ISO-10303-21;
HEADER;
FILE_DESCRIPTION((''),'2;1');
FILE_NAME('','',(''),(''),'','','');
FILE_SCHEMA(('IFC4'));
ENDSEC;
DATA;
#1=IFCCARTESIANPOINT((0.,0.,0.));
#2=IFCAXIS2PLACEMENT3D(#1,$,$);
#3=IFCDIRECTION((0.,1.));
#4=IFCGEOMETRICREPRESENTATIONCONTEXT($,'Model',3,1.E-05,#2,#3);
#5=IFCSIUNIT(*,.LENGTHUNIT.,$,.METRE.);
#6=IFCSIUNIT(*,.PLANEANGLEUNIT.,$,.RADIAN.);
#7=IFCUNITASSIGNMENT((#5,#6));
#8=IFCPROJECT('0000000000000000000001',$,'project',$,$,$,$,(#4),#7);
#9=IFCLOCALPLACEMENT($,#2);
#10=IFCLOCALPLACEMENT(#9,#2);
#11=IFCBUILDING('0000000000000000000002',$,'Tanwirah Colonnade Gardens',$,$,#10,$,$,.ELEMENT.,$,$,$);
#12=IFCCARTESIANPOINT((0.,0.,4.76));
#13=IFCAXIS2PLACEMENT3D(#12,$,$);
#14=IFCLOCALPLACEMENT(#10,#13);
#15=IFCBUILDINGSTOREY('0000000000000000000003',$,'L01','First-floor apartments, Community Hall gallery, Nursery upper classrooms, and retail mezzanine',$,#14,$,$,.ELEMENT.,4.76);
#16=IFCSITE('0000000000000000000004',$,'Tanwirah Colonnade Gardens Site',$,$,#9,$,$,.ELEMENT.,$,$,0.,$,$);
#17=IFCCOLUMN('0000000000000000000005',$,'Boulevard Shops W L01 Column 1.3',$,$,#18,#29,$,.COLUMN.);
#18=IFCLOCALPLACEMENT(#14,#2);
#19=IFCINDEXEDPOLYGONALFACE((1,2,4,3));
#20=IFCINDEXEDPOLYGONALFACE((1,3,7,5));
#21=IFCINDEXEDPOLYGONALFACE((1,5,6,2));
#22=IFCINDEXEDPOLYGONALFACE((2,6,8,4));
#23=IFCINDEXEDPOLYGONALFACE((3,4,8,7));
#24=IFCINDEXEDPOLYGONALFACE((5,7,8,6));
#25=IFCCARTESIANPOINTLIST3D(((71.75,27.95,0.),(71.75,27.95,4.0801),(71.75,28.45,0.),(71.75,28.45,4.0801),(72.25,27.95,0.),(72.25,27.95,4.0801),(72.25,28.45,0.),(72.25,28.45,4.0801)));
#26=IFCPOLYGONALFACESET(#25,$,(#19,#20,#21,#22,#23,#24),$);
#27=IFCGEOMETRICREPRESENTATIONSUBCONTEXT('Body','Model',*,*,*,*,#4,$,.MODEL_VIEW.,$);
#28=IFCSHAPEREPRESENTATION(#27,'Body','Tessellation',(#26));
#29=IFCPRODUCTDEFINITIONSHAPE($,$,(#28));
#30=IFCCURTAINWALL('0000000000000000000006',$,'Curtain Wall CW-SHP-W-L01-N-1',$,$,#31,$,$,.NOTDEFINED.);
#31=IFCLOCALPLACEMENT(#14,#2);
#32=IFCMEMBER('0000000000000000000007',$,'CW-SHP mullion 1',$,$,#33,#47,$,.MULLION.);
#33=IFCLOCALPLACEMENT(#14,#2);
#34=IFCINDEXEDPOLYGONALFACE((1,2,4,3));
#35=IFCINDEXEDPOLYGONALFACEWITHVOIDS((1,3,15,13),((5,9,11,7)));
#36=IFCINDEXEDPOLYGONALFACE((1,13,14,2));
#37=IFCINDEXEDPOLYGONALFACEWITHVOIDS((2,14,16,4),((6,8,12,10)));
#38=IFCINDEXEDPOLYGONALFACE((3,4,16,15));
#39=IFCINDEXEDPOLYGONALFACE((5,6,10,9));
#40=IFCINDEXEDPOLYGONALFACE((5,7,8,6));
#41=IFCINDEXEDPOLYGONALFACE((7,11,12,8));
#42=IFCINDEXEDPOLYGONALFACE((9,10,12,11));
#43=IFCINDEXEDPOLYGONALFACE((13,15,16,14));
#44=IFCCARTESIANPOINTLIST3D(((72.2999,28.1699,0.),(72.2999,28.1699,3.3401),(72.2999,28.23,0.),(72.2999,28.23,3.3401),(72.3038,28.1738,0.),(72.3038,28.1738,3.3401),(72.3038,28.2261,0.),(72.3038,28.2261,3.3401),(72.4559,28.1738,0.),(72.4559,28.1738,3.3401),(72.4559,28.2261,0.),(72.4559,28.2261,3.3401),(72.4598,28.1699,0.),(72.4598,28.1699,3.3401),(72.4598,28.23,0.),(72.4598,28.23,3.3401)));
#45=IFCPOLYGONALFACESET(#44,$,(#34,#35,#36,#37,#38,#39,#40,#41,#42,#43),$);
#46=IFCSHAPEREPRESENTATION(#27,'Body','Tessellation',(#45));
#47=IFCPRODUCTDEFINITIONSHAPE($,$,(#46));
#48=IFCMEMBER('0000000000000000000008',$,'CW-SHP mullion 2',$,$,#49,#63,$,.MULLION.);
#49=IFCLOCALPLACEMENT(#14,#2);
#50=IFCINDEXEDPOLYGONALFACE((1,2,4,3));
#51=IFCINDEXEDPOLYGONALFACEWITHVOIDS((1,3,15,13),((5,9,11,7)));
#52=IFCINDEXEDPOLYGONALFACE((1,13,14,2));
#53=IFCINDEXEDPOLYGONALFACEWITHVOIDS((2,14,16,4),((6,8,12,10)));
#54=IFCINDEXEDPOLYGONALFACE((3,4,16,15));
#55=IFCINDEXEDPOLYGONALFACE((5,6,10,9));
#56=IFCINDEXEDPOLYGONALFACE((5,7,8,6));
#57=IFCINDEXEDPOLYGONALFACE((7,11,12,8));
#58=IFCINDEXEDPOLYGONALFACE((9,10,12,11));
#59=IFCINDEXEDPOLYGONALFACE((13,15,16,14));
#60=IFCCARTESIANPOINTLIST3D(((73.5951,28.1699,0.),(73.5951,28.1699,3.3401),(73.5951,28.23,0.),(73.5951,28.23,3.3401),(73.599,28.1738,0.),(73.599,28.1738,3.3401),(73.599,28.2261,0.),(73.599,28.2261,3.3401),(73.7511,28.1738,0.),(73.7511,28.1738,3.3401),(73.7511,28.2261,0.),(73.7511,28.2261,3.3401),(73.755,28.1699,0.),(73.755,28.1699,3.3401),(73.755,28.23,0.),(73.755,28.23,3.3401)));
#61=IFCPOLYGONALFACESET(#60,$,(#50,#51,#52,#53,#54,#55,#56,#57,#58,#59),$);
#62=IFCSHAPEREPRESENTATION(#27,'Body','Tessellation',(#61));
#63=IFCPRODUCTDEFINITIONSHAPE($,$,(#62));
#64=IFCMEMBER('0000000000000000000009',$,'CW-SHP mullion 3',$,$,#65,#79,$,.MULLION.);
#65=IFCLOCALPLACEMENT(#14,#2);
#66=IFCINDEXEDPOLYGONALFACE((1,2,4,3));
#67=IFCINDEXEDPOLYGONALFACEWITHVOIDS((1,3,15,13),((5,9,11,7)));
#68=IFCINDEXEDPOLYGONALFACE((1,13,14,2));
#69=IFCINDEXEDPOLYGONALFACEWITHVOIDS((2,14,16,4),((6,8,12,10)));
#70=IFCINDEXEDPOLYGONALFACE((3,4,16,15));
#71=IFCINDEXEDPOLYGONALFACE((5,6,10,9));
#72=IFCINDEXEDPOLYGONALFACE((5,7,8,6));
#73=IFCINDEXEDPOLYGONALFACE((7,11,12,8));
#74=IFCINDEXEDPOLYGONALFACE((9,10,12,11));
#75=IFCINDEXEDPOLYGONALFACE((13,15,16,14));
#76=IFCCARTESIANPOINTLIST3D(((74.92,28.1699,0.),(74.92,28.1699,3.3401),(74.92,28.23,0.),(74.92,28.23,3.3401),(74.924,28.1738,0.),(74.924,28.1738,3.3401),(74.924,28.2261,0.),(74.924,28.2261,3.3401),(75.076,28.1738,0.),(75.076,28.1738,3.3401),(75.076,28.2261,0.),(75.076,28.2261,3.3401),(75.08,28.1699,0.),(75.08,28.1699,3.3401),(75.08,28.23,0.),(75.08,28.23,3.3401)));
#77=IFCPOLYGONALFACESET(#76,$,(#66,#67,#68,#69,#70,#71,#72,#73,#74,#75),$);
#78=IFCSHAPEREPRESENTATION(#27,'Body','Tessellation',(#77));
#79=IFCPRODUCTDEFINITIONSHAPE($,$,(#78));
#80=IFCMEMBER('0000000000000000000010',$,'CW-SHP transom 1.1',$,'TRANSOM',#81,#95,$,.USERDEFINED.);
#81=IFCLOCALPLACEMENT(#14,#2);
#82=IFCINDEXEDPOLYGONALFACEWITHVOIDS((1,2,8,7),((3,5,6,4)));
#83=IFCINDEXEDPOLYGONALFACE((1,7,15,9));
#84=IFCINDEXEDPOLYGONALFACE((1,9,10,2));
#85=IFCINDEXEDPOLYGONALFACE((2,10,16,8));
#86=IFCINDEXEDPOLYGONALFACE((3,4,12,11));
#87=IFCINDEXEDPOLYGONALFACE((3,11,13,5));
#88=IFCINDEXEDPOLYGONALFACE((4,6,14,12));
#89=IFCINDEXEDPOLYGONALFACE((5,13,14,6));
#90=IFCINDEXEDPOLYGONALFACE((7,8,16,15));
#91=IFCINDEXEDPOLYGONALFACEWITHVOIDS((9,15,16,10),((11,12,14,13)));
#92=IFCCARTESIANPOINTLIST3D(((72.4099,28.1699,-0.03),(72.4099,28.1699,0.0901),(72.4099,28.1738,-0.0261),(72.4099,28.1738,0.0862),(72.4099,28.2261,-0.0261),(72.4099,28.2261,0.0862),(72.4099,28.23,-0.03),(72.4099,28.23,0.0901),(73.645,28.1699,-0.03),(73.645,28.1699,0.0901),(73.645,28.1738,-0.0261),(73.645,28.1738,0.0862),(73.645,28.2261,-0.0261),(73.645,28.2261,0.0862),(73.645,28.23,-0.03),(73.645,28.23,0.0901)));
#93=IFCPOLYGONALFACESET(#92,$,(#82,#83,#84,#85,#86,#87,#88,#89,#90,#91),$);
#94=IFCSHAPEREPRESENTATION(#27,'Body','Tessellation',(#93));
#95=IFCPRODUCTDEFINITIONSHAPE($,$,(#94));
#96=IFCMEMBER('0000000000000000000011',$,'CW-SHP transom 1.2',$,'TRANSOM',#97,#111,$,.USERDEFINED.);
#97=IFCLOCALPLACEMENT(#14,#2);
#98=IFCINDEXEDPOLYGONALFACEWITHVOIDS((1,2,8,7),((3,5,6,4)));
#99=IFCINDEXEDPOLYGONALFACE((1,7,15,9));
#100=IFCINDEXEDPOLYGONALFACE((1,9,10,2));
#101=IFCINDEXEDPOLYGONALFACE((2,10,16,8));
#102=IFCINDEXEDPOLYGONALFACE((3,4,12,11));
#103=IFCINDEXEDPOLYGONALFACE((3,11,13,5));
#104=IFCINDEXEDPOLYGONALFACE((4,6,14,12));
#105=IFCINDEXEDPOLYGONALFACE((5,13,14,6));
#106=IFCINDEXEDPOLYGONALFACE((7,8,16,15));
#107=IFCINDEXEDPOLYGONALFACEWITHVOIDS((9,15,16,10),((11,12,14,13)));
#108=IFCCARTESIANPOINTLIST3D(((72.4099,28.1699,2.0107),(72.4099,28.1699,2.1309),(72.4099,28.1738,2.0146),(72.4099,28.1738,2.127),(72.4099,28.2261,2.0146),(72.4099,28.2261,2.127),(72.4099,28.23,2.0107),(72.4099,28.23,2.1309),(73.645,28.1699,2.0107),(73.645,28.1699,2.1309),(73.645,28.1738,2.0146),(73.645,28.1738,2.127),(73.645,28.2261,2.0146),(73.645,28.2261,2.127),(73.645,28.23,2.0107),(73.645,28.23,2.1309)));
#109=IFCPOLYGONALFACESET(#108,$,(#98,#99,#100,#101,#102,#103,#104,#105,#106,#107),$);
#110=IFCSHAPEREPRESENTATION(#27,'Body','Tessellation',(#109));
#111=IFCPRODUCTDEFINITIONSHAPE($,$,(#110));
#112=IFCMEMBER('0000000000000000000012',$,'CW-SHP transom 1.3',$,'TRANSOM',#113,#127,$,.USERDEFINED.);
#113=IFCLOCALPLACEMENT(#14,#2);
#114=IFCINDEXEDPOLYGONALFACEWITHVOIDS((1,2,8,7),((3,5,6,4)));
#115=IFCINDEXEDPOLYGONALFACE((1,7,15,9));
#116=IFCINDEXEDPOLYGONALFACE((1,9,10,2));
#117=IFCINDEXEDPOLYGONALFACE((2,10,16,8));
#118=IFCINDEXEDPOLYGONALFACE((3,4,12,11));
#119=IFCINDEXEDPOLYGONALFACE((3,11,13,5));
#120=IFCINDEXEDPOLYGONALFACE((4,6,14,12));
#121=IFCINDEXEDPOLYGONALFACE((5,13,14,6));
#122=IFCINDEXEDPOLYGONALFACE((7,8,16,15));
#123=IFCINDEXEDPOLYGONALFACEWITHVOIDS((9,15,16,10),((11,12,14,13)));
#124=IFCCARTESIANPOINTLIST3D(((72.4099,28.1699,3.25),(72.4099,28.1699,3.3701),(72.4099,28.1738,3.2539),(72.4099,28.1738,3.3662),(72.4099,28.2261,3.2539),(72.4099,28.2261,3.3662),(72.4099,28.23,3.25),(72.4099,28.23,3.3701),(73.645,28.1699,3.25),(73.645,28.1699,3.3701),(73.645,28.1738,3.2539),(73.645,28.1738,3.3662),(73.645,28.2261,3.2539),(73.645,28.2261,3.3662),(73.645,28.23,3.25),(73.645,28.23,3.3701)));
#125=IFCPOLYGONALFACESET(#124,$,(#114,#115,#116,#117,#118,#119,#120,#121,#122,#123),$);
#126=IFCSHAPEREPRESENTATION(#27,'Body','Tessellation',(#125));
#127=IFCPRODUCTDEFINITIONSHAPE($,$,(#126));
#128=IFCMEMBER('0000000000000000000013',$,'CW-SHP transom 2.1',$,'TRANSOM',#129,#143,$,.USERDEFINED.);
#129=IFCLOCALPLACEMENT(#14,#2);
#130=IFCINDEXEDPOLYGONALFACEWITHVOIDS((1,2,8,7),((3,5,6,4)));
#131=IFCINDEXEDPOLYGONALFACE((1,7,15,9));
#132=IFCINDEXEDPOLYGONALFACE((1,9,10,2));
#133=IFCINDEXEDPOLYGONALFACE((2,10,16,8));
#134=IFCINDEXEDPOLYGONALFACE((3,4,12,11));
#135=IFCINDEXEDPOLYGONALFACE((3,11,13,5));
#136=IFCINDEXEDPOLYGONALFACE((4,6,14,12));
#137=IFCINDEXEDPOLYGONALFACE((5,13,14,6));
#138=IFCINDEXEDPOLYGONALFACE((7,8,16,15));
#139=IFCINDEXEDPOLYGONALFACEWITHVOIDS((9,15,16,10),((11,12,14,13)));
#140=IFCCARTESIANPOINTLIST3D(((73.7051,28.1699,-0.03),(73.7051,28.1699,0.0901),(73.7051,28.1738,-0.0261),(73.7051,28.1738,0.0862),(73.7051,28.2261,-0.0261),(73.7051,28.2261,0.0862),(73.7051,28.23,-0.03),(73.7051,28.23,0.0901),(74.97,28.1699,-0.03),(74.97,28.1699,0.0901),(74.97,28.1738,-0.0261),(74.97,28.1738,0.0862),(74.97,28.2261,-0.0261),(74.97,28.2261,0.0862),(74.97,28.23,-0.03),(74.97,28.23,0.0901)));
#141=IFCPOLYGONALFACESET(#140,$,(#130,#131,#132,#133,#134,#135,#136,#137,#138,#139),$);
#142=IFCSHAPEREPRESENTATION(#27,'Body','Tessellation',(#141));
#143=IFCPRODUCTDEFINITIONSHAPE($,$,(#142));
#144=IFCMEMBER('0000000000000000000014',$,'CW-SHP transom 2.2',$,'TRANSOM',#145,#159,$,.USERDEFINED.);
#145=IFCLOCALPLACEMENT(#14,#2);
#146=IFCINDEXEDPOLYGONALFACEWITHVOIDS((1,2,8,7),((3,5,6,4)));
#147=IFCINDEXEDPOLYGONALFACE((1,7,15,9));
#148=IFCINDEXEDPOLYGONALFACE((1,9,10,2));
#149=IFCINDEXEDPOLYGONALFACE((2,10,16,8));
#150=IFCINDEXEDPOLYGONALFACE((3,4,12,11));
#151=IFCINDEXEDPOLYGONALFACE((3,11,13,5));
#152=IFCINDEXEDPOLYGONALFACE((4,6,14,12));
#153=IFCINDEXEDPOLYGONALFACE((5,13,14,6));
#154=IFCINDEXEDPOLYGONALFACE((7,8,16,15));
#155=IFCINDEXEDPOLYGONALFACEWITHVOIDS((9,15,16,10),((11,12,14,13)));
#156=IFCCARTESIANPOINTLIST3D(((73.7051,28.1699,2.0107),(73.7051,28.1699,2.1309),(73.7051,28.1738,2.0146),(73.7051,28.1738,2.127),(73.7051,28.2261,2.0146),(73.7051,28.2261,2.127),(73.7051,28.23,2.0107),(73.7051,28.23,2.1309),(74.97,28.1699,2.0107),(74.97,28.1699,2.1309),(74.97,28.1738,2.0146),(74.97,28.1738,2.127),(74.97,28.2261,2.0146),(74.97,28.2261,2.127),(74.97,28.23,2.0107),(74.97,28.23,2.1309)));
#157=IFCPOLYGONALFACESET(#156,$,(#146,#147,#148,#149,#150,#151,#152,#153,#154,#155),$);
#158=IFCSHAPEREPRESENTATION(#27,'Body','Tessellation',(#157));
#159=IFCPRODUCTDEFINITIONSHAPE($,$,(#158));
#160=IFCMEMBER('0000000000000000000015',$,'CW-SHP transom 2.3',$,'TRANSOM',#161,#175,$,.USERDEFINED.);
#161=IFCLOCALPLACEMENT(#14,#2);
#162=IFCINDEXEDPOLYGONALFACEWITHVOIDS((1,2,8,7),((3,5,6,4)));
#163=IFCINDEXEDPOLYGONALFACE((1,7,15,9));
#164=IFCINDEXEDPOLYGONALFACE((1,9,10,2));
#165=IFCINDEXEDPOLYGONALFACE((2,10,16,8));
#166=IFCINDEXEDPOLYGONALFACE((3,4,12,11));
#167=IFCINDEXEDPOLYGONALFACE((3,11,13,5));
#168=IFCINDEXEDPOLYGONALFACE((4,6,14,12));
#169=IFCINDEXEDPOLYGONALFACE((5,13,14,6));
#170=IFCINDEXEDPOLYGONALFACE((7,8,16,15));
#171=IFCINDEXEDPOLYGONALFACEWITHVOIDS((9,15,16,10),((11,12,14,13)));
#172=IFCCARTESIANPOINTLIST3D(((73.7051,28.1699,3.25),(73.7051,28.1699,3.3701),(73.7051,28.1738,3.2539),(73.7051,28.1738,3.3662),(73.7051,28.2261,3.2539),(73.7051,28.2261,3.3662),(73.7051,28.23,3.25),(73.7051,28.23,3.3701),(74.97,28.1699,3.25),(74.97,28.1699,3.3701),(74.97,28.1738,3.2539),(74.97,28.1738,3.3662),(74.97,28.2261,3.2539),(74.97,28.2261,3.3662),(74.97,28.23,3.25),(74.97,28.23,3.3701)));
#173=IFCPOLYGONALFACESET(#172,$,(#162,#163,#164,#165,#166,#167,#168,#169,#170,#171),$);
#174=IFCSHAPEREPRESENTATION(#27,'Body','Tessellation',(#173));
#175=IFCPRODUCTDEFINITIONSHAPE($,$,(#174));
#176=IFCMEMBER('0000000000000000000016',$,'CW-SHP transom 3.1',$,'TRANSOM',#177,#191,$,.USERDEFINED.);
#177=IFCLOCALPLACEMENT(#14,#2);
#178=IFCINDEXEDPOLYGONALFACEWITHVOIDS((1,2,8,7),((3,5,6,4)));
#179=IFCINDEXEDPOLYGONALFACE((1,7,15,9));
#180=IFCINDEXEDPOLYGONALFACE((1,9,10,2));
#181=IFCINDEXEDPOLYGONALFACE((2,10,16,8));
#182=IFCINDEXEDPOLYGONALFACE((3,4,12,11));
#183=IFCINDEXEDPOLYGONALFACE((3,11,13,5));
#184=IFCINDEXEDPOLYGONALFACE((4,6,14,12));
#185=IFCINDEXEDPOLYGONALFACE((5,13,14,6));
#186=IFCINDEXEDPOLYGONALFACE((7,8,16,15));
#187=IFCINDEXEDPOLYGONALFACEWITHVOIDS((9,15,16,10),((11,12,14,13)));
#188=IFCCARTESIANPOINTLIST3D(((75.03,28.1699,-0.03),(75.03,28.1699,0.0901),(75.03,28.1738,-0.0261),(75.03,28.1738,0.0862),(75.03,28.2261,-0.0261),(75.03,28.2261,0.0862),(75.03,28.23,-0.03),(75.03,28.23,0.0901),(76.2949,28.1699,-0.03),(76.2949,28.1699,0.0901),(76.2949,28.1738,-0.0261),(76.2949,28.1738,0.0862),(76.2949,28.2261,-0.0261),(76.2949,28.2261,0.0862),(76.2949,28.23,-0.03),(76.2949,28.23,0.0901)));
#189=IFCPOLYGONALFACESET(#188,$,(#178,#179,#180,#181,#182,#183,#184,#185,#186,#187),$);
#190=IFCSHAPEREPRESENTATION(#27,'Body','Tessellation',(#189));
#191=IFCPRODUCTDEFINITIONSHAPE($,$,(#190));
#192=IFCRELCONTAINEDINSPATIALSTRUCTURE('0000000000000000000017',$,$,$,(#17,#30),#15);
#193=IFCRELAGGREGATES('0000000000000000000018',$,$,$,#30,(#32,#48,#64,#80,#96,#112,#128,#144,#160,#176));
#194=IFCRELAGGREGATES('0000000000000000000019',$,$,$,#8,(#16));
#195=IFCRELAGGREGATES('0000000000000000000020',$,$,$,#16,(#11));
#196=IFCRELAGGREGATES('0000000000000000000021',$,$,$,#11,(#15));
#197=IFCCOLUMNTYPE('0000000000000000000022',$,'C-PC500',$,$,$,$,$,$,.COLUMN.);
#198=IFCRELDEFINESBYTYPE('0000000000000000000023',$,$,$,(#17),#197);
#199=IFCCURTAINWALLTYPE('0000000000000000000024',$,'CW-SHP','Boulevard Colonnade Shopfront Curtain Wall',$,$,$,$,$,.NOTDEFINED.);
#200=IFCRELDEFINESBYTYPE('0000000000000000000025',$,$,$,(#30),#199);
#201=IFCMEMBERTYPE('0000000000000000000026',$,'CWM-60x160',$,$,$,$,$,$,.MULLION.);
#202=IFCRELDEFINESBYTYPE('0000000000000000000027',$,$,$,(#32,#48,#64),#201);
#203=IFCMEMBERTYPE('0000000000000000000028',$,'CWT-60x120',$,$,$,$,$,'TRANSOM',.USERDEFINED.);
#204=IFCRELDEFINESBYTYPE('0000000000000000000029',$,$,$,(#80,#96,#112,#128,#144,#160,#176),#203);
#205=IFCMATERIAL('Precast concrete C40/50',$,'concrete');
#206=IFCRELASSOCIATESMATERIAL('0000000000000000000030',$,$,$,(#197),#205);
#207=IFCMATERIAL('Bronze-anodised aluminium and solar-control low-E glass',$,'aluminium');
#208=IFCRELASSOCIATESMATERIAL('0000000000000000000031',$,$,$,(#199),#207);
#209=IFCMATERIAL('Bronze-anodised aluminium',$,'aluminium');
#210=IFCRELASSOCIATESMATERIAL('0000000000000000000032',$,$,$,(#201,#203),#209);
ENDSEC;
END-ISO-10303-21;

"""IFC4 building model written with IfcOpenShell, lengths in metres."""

from ifc_helpers import new_model, si_unit, direction, frame, origin, origin_2d, place, context, subcontext, project, spatial, rectangle, hollow_rectangle, extrude, material, material_profile, profile_set, type_object, element, aggregate, save


model = new_model("IFC4")

# Units and contexts
model_context = context("Model", 3, precision=1e-05, world=origin(), true_north=direction((0.0, 1.0)))
body_context = subcontext(model_context, "Body", "Model", "MODEL_VIEW")
ifc_project = project(units=[si_unit("LENGTHUNIT", "METRE"), si_unit("PLANEANGLEUNIT", "RADIAN")], contexts=[model_context])

# Site, building, storey
site_placement = place(None, origin())
site = spatial("IfcSite", under=ifc_project, at=site_placement, Name="Tanwirah Colonnade Gardens Site", CompositionType="ELEMENT", RefElevation=0.0)
building_placement = place(site_placement, origin())
building = spatial("IfcBuilding", under=site, at=building_placement, Name="Tanwirah Colonnade Gardens", CompositionType="ELEMENT")
storey_placement = place(building_placement, frame((0.0, 0.0, 4.76)))
storey = spatial("IfcBuildingStorey", under=building, at=storey_placement, Name="L01", Description="First-floor apartments, Community Hall gallery, Nursery upper classrooms, and retail mezzanine", CompositionType="ELEMENT", Elevation=4.76)

# Column
ifc_material_1 = material(Name="Precast concrete C40/50", Category="concrete")
ifc_material_profile_1 = material_profile(ifc_material_1, rectangle(XDim=0.5, YDim=0.5, at=origin_2d()), Name="PC-COL 500x500")
ifc_profile_set_1 = profile_set([ifc_material_profile_1], Name="Precast concrete C40/50")
column_type = type_object("IfcColumnType", Name="C-PC500", PredefinedType="COLUMN", material=ifc_profile_set_1)
column_placement = place(storey_placement, frame((72.0, 28.2, 0.0), z_axis=(0.0, 0.0, 1.0), x_axis=(1.0, 0.0, 0.0)))
element("IfcColumn", 1, at=column_placement, inside=storey, type_object=column_type, Name="Boulevard Shops W L01 Column 1.3", PredefinedType="COLUMN", context=body_context, shape_type="SweptSolid", body=[
    extrude(rectangle(XDim=0.5, YDim=0.5, at=origin_2d()), origin(), (0.0, 0.0, 1.0), 4.0801),
])

# Curtain wall, members
ifc_material_2 = material(Name="Bronze-anodised aluminium and solar-control low-E glass", Category="aluminium")
curtain_wall_type = type_object("IfcCurtainWallType", Name="CW-SHP", Description="Boulevard Colonnade Shopfront Curtain Wall", PredefinedType="NOTDEFINED", material=ifc_material_2)
curtain_wall_placement = place(storey_placement, origin())
curtain_wall = element("IfcCurtainWall", 2, at=curtain_wall_placement, inside=storey, type_object=curtain_wall_type, Name="Curtain Wall CW-SHP-W-L01-N-1", PredefinedType="NOTDEFINED")
ifc_material_3 = material(Name="Bronze-anodised aluminium", Category="aluminium")
ifc_material_profile_2 = material_profile(ifc_material_3, hollow_rectangle(XDim=0.0601, YDim=0.1599, WallThickness=0.0039, at=origin_2d()), Name="CW-MUL 60x160x4")
ifc_profile_set_2 = profile_set([ifc_material_profile_2], Name="Bronze-anodised aluminium")
member_type_1 = type_object("IfcMemberType", Name="CWM-60x160", PredefinedType="MULLION", material=ifc_profile_set_2)
member_1_placement = place(storey_placement, frame((72.3799, 28.2, 0.0), z_axis=(0.0, 0.0, 1.0), x_axis=(0.0, 1.0, 0.0)))
member_1 = element("IfcMember", 3, at=member_1_placement, type_object=member_type_1, Name="CW-SHP mullion 1", PredefinedType="MULLION", context=body_context, shape_type="SweptSolid", body=[
    extrude(hollow_rectangle(XDim=0.0601, YDim=0.1599, WallThickness=0.0039, at=origin_2d()), origin(), (0.0, 0.0, 1.0), 3.3401),
])
member_2_placement = place(storey_placement, frame((73.675, 28.2, 0.0), z_axis=(0.0, 0.0, 1.0), x_axis=(0.0, 1.0, 0.0)))
member_2 = element("IfcMember", 4, at=member_2_placement, type_object=member_type_1, Name="CW-SHP mullion 2", PredefinedType="MULLION", context=body_context, shape_type="SweptSolid", body=[
    extrude(hollow_rectangle(XDim=0.0601, YDim=0.1599, WallThickness=0.0039, at=origin_2d()), origin(), (0.0, 0.0, 1.0), 3.3401),
])
member_3_placement = place(storey_placement, frame((75.0, 28.2, 0.0), z_axis=(0.0, 0.0, 1.0), x_axis=(0.0, 1.0, 0.0)))
member_3 = element("IfcMember", 5, at=member_3_placement, type_object=member_type_1, Name="CW-SHP mullion 3", PredefinedType="MULLION", context=body_context, shape_type="SweptSolid", body=[
    extrude(hollow_rectangle(XDim=0.0601, YDim=0.1599, WallThickness=0.0039, at=origin_2d()), origin(), (0.0, 0.0, 1.0), 3.3401),
])
ifc_material_profile_3 = material_profile(ifc_material_3, hollow_rectangle(XDim=0.0601, YDim=0.1201, WallThickness=0.0039, at=origin_2d()), Name="CW-TRN 60x120x4")
ifc_profile_set_3 = profile_set([ifc_material_profile_3], Name="Bronze-anodised aluminium")
member_type_2 = type_object("IfcMemberType", Name="CWT-60x120", ElementType="TRANSOM", PredefinedType="USERDEFINED", material=ifc_profile_set_3)
member_4_placement = place(storey_placement, frame((72.4099, 28.2, 0.03), z_axis=(1.0, 0.0, 0.0), x_axis=(0.0, 1.0, 0.0)))
member_4 = element("IfcMember", 6, at=member_4_placement, type_object=member_type_2, Name="CW-SHP transom 1.1", ObjectType="TRANSOM", PredefinedType="USERDEFINED", context=body_context, shape_type="SweptSolid", body=[
    extrude(hollow_rectangle(XDim=0.0601, YDim=0.1201, WallThickness=0.0039, at=origin_2d()), origin(), (0.0, 0.0, 1.0), 1.2351),
])
member_5_placement = place(storey_placement, frame((72.4099, 28.2, 2.0708), z_axis=(1.0, 0.0, 0.0), x_axis=(0.0, 1.0, 0.0)))
member_5 = element("IfcMember", 7, at=member_5_placement, type_object=member_type_2, Name="CW-SHP transom 1.2", ObjectType="TRANSOM", PredefinedType="USERDEFINED", context=body_context, shape_type="SweptSolid", body=[
    extrude(hollow_rectangle(XDim=0.0601, YDim=0.1201, WallThickness=0.0039, at=origin_2d()), origin(), (0.0, 0.0, 1.0), 1.2351),
])
member_6_placement = place(storey_placement, frame((72.4099, 28.2, 3.3101), z_axis=(1.0, 0.0, 0.0), x_axis=(0.0, 1.0, 0.0)))
member_6 = element("IfcMember", 8, at=member_6_placement, type_object=member_type_2, Name="CW-SHP transom 1.3", ObjectType="TRANSOM", PredefinedType="USERDEFINED", context=body_context, shape_type="SweptSolid", body=[
    extrude(hollow_rectangle(XDim=0.0601, YDim=0.1201, WallThickness=0.0039, at=origin_2d()), origin(), (0.0, 0.0, 1.0), 1.2351),
])
member_7_placement = place(storey_placement, frame((73.7051, 28.2, 0.03), z_axis=(1.0, 0.0, 0.0), x_axis=(0.0, 1.0, 0.0)))
member_7 = element("IfcMember", 9, at=member_7_placement, type_object=member_type_2, Name="CW-SHP transom 2.1", ObjectType="TRANSOM", PredefinedType="USERDEFINED", context=body_context, shape_type="SweptSolid", body=[
    extrude(hollow_rectangle(XDim=0.0601, YDim=0.1201, WallThickness=0.0039, at=origin_2d()), origin(), (0.0, 0.0, 1.0), 1.2649),
])
member_8_placement = place(storey_placement, frame((73.7051, 28.2, 2.0708), z_axis=(1.0, 0.0, 0.0), x_axis=(0.0, 1.0, 0.0)))
member_8 = element("IfcMember", 10, at=member_8_placement, type_object=member_type_2, Name="CW-SHP transom 2.2", ObjectType="TRANSOM", PredefinedType="USERDEFINED", context=body_context, shape_type="SweptSolid", body=[
    extrude(hollow_rectangle(XDim=0.0601, YDim=0.1201, WallThickness=0.0039, at=origin_2d()), origin(), (0.0, 0.0, 1.0), 1.2649),
])
member_9_placement = place(storey_placement, frame((73.7051, 28.2, 3.3101), z_axis=(1.0, 0.0, 0.0), x_axis=(0.0, 1.0, 0.0)))
member_9 = element("IfcMember", 11, at=member_9_placement, type_object=member_type_2, Name="CW-SHP transom 2.3", ObjectType="TRANSOM", PredefinedType="USERDEFINED", context=body_context, shape_type="SweptSolid", body=[
    extrude(hollow_rectangle(XDim=0.0601, YDim=0.1201, WallThickness=0.0039, at=origin_2d()), origin(), (0.0, 0.0, 1.0), 1.2649),
])
member_10_placement = place(storey_placement, frame((75.03, 28.2, 0.03), z_axis=(1.0, 0.0, 0.0), x_axis=(0.0, 1.0, 0.0)))
member_10 = element("IfcMember", 12, at=member_10_placement, type_object=member_type_2, Name="CW-SHP transom 3.1", ObjectType="TRANSOM", PredefinedType="USERDEFINED", context=body_context, shape_type="SweptSolid", body=[
    extrude(hollow_rectangle(XDim=0.0601, YDim=0.1201, WallThickness=0.0039, at=origin_2d()), origin(), (0.0, 0.0, 1.0), 1.2649),
])

aggregate(curtain_wall, [member_1, member_2, member_3, member_4, member_5, member_6, member_7, member_8, member_9, member_10])

save(model, "model.ifc")
